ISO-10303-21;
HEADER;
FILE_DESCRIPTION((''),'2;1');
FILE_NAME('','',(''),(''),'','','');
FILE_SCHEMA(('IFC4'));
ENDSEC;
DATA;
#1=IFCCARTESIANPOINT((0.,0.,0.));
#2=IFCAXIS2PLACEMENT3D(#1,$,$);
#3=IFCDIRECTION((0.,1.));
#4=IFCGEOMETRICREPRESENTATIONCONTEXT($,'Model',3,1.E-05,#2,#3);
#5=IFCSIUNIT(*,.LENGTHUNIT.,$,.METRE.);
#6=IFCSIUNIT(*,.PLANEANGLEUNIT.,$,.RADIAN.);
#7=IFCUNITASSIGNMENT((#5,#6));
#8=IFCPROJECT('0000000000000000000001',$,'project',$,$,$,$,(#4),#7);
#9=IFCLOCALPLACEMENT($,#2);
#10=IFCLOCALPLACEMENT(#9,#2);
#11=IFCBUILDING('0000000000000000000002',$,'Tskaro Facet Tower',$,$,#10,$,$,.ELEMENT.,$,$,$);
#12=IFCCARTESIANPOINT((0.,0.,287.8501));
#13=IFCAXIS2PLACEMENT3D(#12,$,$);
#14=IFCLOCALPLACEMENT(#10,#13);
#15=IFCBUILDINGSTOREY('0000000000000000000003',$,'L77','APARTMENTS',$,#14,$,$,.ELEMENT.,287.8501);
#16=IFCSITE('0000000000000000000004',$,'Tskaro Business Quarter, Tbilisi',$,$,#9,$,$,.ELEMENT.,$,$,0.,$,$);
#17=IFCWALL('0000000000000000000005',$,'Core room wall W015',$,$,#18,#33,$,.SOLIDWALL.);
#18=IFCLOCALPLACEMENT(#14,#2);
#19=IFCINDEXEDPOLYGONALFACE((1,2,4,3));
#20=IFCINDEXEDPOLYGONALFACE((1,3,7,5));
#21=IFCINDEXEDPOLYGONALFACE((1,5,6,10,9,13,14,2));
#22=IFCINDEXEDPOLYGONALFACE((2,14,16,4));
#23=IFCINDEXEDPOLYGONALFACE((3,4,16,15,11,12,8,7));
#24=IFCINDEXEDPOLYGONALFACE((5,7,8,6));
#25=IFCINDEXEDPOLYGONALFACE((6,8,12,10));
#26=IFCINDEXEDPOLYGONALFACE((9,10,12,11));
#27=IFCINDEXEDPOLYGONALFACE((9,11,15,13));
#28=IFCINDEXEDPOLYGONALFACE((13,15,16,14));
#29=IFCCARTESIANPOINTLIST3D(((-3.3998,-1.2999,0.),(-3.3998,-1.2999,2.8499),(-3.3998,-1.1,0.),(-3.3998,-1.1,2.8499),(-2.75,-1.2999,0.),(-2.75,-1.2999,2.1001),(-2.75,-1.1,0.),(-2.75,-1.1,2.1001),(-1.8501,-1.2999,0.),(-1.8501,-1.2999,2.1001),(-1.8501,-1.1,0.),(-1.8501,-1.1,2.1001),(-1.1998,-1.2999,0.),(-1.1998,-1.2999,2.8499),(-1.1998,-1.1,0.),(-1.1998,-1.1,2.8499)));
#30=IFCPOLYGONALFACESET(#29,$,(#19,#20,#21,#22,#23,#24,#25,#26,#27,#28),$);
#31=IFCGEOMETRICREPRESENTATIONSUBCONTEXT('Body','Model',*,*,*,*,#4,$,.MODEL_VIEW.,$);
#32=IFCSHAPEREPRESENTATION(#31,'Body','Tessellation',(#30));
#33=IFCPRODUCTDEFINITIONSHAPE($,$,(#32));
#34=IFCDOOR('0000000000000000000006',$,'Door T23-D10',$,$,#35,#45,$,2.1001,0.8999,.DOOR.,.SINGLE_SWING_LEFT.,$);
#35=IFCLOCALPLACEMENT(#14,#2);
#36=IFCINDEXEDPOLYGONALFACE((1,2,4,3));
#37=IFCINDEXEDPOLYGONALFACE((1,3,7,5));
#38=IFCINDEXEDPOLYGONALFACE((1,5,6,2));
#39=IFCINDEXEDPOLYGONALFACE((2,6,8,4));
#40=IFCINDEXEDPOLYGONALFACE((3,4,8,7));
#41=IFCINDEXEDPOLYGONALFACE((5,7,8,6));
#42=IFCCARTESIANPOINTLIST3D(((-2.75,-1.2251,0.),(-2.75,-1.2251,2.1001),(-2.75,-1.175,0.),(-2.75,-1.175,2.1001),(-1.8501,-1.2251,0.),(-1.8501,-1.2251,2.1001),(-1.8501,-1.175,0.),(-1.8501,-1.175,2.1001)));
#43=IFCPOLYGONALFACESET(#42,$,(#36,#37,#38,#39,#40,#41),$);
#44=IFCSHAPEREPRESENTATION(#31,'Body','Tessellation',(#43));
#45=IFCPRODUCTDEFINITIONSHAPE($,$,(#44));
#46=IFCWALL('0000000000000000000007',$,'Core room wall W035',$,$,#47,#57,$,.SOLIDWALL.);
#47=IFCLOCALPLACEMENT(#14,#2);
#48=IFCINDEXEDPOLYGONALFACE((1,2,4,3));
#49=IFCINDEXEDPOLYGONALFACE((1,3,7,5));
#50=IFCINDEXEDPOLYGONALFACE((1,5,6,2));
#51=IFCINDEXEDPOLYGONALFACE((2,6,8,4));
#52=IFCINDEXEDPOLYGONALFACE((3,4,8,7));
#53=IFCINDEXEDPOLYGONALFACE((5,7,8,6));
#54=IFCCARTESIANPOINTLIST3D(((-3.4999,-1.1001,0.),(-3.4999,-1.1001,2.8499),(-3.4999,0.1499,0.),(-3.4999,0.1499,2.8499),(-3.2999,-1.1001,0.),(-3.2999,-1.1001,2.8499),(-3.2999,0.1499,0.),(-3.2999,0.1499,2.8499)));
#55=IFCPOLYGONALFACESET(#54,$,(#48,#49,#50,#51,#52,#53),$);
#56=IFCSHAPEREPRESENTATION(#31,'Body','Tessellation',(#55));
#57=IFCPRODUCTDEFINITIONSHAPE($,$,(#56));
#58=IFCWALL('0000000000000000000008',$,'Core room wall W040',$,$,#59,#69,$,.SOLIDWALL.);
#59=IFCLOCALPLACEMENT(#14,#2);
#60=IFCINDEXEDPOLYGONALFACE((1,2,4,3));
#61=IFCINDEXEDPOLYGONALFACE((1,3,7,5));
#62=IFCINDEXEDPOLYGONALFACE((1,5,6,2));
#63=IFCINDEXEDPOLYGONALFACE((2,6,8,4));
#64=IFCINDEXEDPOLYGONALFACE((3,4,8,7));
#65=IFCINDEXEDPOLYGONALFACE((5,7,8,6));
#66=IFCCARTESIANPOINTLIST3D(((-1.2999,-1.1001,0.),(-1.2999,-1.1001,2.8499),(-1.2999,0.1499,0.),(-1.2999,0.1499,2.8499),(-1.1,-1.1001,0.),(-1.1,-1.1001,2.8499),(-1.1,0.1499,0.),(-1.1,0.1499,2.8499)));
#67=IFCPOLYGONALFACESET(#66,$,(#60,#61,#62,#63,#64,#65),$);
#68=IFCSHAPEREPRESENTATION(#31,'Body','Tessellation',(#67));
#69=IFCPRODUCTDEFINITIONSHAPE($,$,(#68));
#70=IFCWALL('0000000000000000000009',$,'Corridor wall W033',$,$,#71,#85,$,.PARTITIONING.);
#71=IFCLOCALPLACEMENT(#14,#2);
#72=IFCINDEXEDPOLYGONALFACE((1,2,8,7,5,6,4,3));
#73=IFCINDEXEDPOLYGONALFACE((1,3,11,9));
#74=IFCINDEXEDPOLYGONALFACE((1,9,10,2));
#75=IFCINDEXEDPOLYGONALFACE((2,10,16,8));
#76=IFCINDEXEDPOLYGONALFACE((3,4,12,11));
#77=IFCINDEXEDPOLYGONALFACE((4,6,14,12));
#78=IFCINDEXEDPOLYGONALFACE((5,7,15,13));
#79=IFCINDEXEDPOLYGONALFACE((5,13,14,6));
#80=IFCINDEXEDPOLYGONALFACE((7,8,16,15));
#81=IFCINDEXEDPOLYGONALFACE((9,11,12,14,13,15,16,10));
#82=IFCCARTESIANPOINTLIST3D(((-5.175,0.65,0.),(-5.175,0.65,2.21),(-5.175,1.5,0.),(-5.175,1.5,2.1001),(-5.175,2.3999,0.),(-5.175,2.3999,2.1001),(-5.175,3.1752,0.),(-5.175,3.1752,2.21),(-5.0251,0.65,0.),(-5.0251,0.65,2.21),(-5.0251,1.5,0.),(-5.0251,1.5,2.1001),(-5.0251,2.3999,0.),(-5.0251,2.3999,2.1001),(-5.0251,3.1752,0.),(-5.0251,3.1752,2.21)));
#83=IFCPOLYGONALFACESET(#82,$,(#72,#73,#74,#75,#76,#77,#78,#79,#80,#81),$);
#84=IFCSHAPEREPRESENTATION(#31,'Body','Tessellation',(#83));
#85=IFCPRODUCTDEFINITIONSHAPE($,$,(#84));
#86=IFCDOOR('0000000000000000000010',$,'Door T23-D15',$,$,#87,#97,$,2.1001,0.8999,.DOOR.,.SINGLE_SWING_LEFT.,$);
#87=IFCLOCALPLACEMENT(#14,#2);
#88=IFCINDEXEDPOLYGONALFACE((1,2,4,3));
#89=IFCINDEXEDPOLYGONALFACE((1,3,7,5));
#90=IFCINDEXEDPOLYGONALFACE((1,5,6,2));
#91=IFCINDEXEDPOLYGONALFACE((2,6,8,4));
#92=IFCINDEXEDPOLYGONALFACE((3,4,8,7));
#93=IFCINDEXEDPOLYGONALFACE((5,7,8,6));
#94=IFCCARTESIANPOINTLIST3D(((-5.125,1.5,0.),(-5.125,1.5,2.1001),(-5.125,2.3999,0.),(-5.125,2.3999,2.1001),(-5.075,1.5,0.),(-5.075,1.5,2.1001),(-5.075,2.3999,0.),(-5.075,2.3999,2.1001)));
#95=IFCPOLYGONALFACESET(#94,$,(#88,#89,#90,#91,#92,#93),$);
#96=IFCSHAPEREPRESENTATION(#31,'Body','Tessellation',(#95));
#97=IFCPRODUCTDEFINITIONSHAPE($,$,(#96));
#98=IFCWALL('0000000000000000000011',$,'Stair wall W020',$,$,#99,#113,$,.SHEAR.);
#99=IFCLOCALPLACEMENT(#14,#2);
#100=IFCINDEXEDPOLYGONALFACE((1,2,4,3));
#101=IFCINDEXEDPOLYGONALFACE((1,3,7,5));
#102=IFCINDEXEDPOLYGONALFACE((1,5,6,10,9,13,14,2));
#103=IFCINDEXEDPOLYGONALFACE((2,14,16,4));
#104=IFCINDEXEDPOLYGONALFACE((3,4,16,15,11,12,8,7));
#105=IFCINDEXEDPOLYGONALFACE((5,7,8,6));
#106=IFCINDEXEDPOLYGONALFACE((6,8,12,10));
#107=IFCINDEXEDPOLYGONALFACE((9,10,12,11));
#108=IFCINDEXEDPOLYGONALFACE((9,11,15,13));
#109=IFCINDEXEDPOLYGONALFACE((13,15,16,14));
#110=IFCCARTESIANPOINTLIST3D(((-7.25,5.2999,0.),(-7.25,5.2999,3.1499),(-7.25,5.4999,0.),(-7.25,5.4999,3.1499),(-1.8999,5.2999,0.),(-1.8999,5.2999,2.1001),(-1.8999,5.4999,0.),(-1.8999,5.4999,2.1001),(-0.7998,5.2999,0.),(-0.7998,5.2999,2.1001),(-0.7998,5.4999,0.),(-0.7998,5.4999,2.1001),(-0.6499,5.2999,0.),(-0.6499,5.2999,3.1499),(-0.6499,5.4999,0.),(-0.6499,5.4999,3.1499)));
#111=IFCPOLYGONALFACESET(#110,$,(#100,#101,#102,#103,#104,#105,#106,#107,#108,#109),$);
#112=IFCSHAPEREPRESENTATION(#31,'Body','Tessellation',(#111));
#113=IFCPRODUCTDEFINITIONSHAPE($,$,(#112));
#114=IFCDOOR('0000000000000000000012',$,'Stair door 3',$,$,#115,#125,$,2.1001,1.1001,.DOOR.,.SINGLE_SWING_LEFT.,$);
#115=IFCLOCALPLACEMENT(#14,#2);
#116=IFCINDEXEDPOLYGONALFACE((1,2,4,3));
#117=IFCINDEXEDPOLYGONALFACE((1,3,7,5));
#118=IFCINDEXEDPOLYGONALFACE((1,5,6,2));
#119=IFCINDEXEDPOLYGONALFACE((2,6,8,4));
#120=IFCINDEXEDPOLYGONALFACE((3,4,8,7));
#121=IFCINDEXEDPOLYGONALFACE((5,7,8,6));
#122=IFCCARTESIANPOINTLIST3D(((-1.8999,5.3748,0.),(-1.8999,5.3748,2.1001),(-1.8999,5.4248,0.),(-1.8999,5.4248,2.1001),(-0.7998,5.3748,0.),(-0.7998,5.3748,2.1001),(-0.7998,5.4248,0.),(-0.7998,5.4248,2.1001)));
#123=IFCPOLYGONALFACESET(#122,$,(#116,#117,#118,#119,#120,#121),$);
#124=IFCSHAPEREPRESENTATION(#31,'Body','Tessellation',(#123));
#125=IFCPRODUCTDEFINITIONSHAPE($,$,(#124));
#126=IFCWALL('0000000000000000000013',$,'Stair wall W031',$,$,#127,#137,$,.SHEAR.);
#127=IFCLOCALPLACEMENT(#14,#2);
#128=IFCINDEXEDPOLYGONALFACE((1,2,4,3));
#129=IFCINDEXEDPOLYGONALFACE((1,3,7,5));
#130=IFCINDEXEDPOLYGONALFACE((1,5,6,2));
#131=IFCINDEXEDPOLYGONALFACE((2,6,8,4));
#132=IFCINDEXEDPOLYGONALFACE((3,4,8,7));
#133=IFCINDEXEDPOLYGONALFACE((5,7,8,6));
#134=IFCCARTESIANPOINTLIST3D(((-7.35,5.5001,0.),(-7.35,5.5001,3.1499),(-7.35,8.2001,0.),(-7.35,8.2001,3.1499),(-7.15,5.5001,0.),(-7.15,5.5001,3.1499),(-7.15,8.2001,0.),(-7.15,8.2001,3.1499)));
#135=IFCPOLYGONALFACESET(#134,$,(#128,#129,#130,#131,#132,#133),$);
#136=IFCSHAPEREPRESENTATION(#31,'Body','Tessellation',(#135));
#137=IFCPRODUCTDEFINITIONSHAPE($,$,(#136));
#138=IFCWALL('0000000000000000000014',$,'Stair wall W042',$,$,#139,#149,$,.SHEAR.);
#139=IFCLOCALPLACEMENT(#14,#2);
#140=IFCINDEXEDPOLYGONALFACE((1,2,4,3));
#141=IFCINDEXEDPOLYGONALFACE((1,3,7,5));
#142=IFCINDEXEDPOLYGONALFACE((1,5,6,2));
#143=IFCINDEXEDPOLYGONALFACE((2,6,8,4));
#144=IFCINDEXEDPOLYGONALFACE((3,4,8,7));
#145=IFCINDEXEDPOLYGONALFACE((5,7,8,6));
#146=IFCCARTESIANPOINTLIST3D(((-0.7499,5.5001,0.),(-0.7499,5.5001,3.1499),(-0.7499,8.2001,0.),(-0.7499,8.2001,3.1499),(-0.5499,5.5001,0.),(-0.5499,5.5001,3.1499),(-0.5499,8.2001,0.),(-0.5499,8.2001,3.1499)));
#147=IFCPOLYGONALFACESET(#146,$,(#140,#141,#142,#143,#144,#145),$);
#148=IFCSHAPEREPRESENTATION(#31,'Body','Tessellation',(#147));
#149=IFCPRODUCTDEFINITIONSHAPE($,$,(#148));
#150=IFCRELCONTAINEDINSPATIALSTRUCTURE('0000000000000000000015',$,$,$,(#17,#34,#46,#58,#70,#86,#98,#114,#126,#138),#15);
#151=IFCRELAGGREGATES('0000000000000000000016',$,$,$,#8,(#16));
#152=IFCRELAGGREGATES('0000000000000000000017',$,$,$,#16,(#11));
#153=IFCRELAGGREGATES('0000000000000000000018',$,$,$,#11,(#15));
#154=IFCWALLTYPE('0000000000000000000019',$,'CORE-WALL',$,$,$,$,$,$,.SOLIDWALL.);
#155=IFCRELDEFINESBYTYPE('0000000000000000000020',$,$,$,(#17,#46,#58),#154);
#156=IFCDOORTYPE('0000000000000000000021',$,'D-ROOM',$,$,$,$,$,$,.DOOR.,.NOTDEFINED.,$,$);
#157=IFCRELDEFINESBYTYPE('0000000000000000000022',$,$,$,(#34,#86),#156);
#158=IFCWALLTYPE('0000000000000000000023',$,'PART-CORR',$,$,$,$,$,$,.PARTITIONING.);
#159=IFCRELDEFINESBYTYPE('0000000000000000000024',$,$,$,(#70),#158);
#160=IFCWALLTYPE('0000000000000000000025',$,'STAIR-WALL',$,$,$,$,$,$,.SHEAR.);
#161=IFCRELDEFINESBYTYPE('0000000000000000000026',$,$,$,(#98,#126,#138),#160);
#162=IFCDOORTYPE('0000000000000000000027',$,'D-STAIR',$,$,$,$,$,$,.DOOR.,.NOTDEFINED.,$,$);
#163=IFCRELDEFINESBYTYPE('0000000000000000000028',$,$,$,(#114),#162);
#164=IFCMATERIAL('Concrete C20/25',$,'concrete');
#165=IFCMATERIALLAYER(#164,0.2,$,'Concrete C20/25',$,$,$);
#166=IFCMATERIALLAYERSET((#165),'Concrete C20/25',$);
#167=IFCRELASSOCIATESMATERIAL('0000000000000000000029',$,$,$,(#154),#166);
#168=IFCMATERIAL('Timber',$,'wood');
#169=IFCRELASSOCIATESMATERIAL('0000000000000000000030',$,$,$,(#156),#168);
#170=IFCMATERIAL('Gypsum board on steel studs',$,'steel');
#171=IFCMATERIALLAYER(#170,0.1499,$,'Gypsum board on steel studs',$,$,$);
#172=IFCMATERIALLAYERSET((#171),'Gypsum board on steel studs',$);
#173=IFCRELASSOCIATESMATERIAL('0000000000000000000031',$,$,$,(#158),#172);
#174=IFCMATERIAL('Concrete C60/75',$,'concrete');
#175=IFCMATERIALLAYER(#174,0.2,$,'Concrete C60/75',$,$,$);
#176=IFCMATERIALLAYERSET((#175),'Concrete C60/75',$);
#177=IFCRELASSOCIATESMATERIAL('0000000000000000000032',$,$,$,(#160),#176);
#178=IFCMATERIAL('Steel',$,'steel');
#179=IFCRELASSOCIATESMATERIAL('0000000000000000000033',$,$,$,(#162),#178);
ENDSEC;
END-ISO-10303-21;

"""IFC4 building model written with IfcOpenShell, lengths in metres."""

from ifc_helpers import new_model, si_unit, direction, frame, frame_2d, origin, place, context, subcontext, project, spatial, rectangle, extrude, material, layer, layer_set, type_object, element, fill, save


model = new_model("IFC4")

# Units and contexts
model_context = context("Model", 3, precision=1e-05, world=origin(), true_north=direction((0.0, 1.0)))
body_context = subcontext(model_context, "Body", "Model", "MODEL_VIEW")
ifc_project = project(units=[si_unit("LENGTHUNIT", "METRE"), si_unit("PLANEANGLEUNIT", "RADIAN")], contexts=[model_context])

# Site, building, storey
site_placement = place(None, origin())
site = spatial("IfcSite", under=ifc_project, at=site_placement, Name="Tskaro Business Quarter, Tbilisi", CompositionType="ELEMENT", RefElevation=0.0)
building_placement = place(site_placement, origin())
building = spatial("IfcBuilding", under=site, at=building_placement, Name="Tskaro Facet Tower", CompositionType="ELEMENT")
storey_placement = place(building_placement, frame((0.0, 0.0, 287.8501)))
storey = spatial("IfcBuildingStorey", under=building, at=storey_placement, Name="L77", Description="APARTMENTS", CompositionType="ELEMENT", Elevation=287.8501)

# Shared definitions
ifc_material_1 = material(Name="Concrete C60/75", Category="concrete")

# Wall, opening, door
ifc_material_2 = material(Name="Concrete C20/25", Category="concrete")
ifc_layer_1 = layer(ifc_material_2, 0.2, Name="Concrete C20/25")
ifc_layer_set_1 = layer_set([ifc_layer_1], Name="Concrete C20/25")
wall_type_1 = type_object("IfcWallType", Name="CORE-WALL", PredefinedType="SOLIDWALL", material=ifc_layer_set_1)
wall_1_placement = place(storey_placement, frame((-3.3999, -1.2, 0.0), z_axis=(0.0, 0.0, 1.0), x_axis=(1.0, 0.0, 0.0)))
wall_1 = element("IfcWall", 1, at=wall_1_placement, inside=storey, type_object=wall_type_1, Name="Core room wall W015", PredefinedType="SOLIDWALL", context=body_context, shape_type="SweptSolid", body=[
    extrude(rectangle(XDim=2.2, YDim=0.2, at=frame_2d((1.1001, 0.0))), origin(), (0.0, 0.0, 1.0), 2.8499),
])
opening_1_placement = place(wall_1_placement, frame((0.6499, 0.0, 0.0)))
opening_1 = element("IfcOpeningElement", 2, at=opening_1_placement, cuts=wall_1, PredefinedType="OPENING", context=body_context, shape_type="SweptSolid", body=[
    extrude(rectangle(XDim=0.8999, YDim=2.1001, at=frame_2d((0.45, 1.05))), frame((0.0, 0.1099, 0.0), z_axis=(0.0, -1.0, 0.0), x_axis=(1.0, 0.0, 0.0)), (0.0, 0.0, 1.0), 0.22),
])
ifc_material_3 = material(Name="Timber", Category="wood")
door_type_1 = type_object("IfcDoorType", Name="D-ROOM", OperationType="NOTDEFINED", PredefinedType="DOOR", material=ifc_material_3)
door_1_placement = place(opening_1_placement, origin())
door_1 = element("IfcDoor", 3, at=door_1_placement, inside=storey, type_object=door_type_1, Name="Door T23-D10", OperationType="SINGLE_SWING_LEFT", OverallHeight=2.1001, OverallWidth=0.8999, PredefinedType="DOOR", context=body_context, shape_type="SweptSolid", body=[
    extrude(rectangle(XDim=0.8999, YDim=2.1001, at=frame_2d((0.45, 1.05))), frame((0.0, 0.0249, 0.0), z_axis=(0.0, -1.0, 0.0), x_axis=(1.0, 0.0, 0.0)), (0.0, 0.0, 1.0), 0.05),
])
fill(opening_1, door_1)

# Walls
for number, where, z_axis, x_axis, name in (
    (4, (-3.3999, -1.1001, 0.0), (0.0, 0.0, 1.0), (0.0, 1.0, 0.0), "Core room wall W035"),
    (5, (-1.2, -1.1001, 0.0), (0.0, 0.0, 1.0), (0.0, 1.0, 0.0), "Core room wall W040"),
):
    element("IfcWall", number, at=place(storey_placement, frame(where, z_axis=z_axis, x_axis=x_axis)), inside=storey, type_object=wall_type_1, Name=name, PredefinedType="SOLIDWALL", context=body_context, shape_type="SweptSolid", body=[
        extrude(rectangle(XDim=1.25, YDim=0.2, at=frame_2d((0.625, 0.0))), origin(), (0.0, 0.0, 1.0), 2.8499),
    ])

# Walls, openings, doors
ifc_material_4 = material(Name="Gypsum board on steel studs", Category="steel")
ifc_layer_2 = layer(ifc_material_4, 0.1499, Name="Gypsum board on steel studs")
ifc_layer_set_2 = layer_set([ifc_layer_2], Name="Gypsum board on steel studs")
wall_type_2 = type_object("IfcWallType", Name="PART-CORR", PredefinedType="PARTITIONING", material=ifc_layer_set_2)
wall_2_placement = place(storey_placement, frame((-5.1001, 0.6499, 0.0), z_axis=(0.0, 0.0, 1.0), x_axis=(0.0, 1.0, 0.0)))
wall_2 = element("IfcWall", 6, at=wall_2_placement, inside=storey, type_object=wall_type_2, Name="Corridor wall W033", PredefinedType="PARTITIONING", context=body_context, shape_type="SweptSolid", body=[
    extrude(rectangle(XDim=2.5251, YDim=0.1499, at=frame_2d((1.2627, 0.0))), origin(), (0.0, 0.0, 1.0), 2.21),
])
opening_2_placement = place(wall_2_placement, frame((0.8501, 0.0, 0.0)))
opening_2 = element("IfcOpeningElement", 7, at=opening_2_placement, cuts=wall_2, PredefinedType="OPENING", context=body_context, shape_type="SweptSolid", body=[
    extrude(rectangle(XDim=0.8999, YDim=2.1001, at=frame_2d((0.45, 1.05))), frame((0.0, 0.085, 0.0), z_axis=(0.0, -1.0, 0.0), x_axis=(1.0, 0.0, 0.0)), (0.0, 0.0, 1.0), 0.1699),
])
door_2_placement = place(opening_2_placement, origin())
door_2 = element("IfcDoor", 8, at=door_2_placement, inside=storey, type_object=door_type_1, Name="Door T23-D15", OperationType="SINGLE_SWING_LEFT", OverallHeight=2.1001, OverallWidth=0.8999, PredefinedType="DOOR", context=body_context, shape_type="SweptSolid", body=[
    extrude(rectangle(XDim=0.8999, YDim=2.1001, at=frame_2d((0.45, 1.05))), frame((0.0, 0.0249, 0.0), z_axis=(0.0, -1.0, 0.0), x_axis=(1.0, 0.0, 0.0)), (0.0, 0.0, 1.0), 0.05),
])
fill(opening_2, door_2)
ifc_layer_3 = layer(ifc_material_1, 0.2, Name="Concrete C60/75")
ifc_layer_set_3 = layer_set([ifc_layer_3], Name="Concrete C60/75")
wall_type_3 = type_object("IfcWallType", Name="STAIR-WALL", PredefinedType="SHEAR", material=ifc_layer_set_3)
wall_3_placement = place(storey_placement, frame((-7.25, 5.3999, 0.0), z_axis=(0.0, 0.0, 1.0), x_axis=(1.0, 0.0, 0.0)))
wall_3 = element("IfcWall", 9, at=wall_3_placement, inside=storey, type_object=wall_type_3, Name="Stair wall W020", PredefinedType="SHEAR", context=body_context, shape_type="SweptSolid", body=[
    extrude(rectangle(XDim=6.6001, YDim=0.2, at=frame_2d((3.3, 0.0))), origin(), (0.0, 0.0, 1.0), 3.1499),
])
opening_3_placement = place(wall_3_placement, frame((5.3501, 0.0, 0.0)))
opening_3 = element("IfcOpeningElement", 10, at=opening_3_placement, cuts=wall_3, PredefinedType="OPENING", context=body_context, shape_type="SweptSolid", body=[
    extrude(rectangle(XDim=1.1001, YDim=2.1001, at=frame_2d((0.55, 1.05))), frame((0.0, 0.1099, 0.0), z_axis=(0.0, -1.0, 0.0), x_axis=(1.0, 0.0, 0.0)), (0.0, 0.0, 1.0), 0.22),
])
ifc_material_5 = material(Name="Steel", Category="steel")
door_type_2 = type_object("IfcDoorType", Name="D-STAIR", OperationType="NOTDEFINED", PredefinedType="DOOR", material=ifc_material_5)
door_3_placement = place(opening_3_placement, origin())
door_3 = element("IfcDoor", 11, at=door_3_placement, inside=storey, type_object=door_type_2, Name="Stair door 3", OperationType="SINGLE_SWING_LEFT", OverallHeight=2.1001, OverallWidth=1.1001, PredefinedType="DOOR", context=body_context, shape_type="SweptSolid", body=[
    extrude(rectangle(XDim=1.1001, YDim=2.1001, at=frame_2d((0.55, 1.05))), frame((0.0, 0.0249, 0.0), z_axis=(0.0, -1.0, 0.0), x_axis=(1.0, 0.0, 0.0)), (0.0, 0.0, 1.0), 0.05),
])
fill(opening_3, door_3)

# Walls
for number, where, z_axis, x_axis, name in (
    (12, (-7.25, 5.5, 0.0), (0.0, 0.0, 1.0), (0.0, 1.0, 0.0), "Stair wall W031"),
    (13, (-0.6499, 5.5, 0.0), (0.0, 0.0, 1.0), (0.0, 1.0, 0.0), "Stair wall W042"),
):
    element("IfcWall", number, at=place(storey_placement, frame(where, z_axis=z_axis, x_axis=x_axis)), inside=storey, type_object=wall_type_3, Name=name, PredefinedType="SHEAR", context=body_context, shape_type="SweptSolid", body=[
        extrude(rectangle(XDim=2.7, YDim=0.2, at=frame_2d((1.3501, 0.0))), origin(), (0.0, 0.0, 1.0), 3.1499),
    ])

save(model, "model.ifc")
